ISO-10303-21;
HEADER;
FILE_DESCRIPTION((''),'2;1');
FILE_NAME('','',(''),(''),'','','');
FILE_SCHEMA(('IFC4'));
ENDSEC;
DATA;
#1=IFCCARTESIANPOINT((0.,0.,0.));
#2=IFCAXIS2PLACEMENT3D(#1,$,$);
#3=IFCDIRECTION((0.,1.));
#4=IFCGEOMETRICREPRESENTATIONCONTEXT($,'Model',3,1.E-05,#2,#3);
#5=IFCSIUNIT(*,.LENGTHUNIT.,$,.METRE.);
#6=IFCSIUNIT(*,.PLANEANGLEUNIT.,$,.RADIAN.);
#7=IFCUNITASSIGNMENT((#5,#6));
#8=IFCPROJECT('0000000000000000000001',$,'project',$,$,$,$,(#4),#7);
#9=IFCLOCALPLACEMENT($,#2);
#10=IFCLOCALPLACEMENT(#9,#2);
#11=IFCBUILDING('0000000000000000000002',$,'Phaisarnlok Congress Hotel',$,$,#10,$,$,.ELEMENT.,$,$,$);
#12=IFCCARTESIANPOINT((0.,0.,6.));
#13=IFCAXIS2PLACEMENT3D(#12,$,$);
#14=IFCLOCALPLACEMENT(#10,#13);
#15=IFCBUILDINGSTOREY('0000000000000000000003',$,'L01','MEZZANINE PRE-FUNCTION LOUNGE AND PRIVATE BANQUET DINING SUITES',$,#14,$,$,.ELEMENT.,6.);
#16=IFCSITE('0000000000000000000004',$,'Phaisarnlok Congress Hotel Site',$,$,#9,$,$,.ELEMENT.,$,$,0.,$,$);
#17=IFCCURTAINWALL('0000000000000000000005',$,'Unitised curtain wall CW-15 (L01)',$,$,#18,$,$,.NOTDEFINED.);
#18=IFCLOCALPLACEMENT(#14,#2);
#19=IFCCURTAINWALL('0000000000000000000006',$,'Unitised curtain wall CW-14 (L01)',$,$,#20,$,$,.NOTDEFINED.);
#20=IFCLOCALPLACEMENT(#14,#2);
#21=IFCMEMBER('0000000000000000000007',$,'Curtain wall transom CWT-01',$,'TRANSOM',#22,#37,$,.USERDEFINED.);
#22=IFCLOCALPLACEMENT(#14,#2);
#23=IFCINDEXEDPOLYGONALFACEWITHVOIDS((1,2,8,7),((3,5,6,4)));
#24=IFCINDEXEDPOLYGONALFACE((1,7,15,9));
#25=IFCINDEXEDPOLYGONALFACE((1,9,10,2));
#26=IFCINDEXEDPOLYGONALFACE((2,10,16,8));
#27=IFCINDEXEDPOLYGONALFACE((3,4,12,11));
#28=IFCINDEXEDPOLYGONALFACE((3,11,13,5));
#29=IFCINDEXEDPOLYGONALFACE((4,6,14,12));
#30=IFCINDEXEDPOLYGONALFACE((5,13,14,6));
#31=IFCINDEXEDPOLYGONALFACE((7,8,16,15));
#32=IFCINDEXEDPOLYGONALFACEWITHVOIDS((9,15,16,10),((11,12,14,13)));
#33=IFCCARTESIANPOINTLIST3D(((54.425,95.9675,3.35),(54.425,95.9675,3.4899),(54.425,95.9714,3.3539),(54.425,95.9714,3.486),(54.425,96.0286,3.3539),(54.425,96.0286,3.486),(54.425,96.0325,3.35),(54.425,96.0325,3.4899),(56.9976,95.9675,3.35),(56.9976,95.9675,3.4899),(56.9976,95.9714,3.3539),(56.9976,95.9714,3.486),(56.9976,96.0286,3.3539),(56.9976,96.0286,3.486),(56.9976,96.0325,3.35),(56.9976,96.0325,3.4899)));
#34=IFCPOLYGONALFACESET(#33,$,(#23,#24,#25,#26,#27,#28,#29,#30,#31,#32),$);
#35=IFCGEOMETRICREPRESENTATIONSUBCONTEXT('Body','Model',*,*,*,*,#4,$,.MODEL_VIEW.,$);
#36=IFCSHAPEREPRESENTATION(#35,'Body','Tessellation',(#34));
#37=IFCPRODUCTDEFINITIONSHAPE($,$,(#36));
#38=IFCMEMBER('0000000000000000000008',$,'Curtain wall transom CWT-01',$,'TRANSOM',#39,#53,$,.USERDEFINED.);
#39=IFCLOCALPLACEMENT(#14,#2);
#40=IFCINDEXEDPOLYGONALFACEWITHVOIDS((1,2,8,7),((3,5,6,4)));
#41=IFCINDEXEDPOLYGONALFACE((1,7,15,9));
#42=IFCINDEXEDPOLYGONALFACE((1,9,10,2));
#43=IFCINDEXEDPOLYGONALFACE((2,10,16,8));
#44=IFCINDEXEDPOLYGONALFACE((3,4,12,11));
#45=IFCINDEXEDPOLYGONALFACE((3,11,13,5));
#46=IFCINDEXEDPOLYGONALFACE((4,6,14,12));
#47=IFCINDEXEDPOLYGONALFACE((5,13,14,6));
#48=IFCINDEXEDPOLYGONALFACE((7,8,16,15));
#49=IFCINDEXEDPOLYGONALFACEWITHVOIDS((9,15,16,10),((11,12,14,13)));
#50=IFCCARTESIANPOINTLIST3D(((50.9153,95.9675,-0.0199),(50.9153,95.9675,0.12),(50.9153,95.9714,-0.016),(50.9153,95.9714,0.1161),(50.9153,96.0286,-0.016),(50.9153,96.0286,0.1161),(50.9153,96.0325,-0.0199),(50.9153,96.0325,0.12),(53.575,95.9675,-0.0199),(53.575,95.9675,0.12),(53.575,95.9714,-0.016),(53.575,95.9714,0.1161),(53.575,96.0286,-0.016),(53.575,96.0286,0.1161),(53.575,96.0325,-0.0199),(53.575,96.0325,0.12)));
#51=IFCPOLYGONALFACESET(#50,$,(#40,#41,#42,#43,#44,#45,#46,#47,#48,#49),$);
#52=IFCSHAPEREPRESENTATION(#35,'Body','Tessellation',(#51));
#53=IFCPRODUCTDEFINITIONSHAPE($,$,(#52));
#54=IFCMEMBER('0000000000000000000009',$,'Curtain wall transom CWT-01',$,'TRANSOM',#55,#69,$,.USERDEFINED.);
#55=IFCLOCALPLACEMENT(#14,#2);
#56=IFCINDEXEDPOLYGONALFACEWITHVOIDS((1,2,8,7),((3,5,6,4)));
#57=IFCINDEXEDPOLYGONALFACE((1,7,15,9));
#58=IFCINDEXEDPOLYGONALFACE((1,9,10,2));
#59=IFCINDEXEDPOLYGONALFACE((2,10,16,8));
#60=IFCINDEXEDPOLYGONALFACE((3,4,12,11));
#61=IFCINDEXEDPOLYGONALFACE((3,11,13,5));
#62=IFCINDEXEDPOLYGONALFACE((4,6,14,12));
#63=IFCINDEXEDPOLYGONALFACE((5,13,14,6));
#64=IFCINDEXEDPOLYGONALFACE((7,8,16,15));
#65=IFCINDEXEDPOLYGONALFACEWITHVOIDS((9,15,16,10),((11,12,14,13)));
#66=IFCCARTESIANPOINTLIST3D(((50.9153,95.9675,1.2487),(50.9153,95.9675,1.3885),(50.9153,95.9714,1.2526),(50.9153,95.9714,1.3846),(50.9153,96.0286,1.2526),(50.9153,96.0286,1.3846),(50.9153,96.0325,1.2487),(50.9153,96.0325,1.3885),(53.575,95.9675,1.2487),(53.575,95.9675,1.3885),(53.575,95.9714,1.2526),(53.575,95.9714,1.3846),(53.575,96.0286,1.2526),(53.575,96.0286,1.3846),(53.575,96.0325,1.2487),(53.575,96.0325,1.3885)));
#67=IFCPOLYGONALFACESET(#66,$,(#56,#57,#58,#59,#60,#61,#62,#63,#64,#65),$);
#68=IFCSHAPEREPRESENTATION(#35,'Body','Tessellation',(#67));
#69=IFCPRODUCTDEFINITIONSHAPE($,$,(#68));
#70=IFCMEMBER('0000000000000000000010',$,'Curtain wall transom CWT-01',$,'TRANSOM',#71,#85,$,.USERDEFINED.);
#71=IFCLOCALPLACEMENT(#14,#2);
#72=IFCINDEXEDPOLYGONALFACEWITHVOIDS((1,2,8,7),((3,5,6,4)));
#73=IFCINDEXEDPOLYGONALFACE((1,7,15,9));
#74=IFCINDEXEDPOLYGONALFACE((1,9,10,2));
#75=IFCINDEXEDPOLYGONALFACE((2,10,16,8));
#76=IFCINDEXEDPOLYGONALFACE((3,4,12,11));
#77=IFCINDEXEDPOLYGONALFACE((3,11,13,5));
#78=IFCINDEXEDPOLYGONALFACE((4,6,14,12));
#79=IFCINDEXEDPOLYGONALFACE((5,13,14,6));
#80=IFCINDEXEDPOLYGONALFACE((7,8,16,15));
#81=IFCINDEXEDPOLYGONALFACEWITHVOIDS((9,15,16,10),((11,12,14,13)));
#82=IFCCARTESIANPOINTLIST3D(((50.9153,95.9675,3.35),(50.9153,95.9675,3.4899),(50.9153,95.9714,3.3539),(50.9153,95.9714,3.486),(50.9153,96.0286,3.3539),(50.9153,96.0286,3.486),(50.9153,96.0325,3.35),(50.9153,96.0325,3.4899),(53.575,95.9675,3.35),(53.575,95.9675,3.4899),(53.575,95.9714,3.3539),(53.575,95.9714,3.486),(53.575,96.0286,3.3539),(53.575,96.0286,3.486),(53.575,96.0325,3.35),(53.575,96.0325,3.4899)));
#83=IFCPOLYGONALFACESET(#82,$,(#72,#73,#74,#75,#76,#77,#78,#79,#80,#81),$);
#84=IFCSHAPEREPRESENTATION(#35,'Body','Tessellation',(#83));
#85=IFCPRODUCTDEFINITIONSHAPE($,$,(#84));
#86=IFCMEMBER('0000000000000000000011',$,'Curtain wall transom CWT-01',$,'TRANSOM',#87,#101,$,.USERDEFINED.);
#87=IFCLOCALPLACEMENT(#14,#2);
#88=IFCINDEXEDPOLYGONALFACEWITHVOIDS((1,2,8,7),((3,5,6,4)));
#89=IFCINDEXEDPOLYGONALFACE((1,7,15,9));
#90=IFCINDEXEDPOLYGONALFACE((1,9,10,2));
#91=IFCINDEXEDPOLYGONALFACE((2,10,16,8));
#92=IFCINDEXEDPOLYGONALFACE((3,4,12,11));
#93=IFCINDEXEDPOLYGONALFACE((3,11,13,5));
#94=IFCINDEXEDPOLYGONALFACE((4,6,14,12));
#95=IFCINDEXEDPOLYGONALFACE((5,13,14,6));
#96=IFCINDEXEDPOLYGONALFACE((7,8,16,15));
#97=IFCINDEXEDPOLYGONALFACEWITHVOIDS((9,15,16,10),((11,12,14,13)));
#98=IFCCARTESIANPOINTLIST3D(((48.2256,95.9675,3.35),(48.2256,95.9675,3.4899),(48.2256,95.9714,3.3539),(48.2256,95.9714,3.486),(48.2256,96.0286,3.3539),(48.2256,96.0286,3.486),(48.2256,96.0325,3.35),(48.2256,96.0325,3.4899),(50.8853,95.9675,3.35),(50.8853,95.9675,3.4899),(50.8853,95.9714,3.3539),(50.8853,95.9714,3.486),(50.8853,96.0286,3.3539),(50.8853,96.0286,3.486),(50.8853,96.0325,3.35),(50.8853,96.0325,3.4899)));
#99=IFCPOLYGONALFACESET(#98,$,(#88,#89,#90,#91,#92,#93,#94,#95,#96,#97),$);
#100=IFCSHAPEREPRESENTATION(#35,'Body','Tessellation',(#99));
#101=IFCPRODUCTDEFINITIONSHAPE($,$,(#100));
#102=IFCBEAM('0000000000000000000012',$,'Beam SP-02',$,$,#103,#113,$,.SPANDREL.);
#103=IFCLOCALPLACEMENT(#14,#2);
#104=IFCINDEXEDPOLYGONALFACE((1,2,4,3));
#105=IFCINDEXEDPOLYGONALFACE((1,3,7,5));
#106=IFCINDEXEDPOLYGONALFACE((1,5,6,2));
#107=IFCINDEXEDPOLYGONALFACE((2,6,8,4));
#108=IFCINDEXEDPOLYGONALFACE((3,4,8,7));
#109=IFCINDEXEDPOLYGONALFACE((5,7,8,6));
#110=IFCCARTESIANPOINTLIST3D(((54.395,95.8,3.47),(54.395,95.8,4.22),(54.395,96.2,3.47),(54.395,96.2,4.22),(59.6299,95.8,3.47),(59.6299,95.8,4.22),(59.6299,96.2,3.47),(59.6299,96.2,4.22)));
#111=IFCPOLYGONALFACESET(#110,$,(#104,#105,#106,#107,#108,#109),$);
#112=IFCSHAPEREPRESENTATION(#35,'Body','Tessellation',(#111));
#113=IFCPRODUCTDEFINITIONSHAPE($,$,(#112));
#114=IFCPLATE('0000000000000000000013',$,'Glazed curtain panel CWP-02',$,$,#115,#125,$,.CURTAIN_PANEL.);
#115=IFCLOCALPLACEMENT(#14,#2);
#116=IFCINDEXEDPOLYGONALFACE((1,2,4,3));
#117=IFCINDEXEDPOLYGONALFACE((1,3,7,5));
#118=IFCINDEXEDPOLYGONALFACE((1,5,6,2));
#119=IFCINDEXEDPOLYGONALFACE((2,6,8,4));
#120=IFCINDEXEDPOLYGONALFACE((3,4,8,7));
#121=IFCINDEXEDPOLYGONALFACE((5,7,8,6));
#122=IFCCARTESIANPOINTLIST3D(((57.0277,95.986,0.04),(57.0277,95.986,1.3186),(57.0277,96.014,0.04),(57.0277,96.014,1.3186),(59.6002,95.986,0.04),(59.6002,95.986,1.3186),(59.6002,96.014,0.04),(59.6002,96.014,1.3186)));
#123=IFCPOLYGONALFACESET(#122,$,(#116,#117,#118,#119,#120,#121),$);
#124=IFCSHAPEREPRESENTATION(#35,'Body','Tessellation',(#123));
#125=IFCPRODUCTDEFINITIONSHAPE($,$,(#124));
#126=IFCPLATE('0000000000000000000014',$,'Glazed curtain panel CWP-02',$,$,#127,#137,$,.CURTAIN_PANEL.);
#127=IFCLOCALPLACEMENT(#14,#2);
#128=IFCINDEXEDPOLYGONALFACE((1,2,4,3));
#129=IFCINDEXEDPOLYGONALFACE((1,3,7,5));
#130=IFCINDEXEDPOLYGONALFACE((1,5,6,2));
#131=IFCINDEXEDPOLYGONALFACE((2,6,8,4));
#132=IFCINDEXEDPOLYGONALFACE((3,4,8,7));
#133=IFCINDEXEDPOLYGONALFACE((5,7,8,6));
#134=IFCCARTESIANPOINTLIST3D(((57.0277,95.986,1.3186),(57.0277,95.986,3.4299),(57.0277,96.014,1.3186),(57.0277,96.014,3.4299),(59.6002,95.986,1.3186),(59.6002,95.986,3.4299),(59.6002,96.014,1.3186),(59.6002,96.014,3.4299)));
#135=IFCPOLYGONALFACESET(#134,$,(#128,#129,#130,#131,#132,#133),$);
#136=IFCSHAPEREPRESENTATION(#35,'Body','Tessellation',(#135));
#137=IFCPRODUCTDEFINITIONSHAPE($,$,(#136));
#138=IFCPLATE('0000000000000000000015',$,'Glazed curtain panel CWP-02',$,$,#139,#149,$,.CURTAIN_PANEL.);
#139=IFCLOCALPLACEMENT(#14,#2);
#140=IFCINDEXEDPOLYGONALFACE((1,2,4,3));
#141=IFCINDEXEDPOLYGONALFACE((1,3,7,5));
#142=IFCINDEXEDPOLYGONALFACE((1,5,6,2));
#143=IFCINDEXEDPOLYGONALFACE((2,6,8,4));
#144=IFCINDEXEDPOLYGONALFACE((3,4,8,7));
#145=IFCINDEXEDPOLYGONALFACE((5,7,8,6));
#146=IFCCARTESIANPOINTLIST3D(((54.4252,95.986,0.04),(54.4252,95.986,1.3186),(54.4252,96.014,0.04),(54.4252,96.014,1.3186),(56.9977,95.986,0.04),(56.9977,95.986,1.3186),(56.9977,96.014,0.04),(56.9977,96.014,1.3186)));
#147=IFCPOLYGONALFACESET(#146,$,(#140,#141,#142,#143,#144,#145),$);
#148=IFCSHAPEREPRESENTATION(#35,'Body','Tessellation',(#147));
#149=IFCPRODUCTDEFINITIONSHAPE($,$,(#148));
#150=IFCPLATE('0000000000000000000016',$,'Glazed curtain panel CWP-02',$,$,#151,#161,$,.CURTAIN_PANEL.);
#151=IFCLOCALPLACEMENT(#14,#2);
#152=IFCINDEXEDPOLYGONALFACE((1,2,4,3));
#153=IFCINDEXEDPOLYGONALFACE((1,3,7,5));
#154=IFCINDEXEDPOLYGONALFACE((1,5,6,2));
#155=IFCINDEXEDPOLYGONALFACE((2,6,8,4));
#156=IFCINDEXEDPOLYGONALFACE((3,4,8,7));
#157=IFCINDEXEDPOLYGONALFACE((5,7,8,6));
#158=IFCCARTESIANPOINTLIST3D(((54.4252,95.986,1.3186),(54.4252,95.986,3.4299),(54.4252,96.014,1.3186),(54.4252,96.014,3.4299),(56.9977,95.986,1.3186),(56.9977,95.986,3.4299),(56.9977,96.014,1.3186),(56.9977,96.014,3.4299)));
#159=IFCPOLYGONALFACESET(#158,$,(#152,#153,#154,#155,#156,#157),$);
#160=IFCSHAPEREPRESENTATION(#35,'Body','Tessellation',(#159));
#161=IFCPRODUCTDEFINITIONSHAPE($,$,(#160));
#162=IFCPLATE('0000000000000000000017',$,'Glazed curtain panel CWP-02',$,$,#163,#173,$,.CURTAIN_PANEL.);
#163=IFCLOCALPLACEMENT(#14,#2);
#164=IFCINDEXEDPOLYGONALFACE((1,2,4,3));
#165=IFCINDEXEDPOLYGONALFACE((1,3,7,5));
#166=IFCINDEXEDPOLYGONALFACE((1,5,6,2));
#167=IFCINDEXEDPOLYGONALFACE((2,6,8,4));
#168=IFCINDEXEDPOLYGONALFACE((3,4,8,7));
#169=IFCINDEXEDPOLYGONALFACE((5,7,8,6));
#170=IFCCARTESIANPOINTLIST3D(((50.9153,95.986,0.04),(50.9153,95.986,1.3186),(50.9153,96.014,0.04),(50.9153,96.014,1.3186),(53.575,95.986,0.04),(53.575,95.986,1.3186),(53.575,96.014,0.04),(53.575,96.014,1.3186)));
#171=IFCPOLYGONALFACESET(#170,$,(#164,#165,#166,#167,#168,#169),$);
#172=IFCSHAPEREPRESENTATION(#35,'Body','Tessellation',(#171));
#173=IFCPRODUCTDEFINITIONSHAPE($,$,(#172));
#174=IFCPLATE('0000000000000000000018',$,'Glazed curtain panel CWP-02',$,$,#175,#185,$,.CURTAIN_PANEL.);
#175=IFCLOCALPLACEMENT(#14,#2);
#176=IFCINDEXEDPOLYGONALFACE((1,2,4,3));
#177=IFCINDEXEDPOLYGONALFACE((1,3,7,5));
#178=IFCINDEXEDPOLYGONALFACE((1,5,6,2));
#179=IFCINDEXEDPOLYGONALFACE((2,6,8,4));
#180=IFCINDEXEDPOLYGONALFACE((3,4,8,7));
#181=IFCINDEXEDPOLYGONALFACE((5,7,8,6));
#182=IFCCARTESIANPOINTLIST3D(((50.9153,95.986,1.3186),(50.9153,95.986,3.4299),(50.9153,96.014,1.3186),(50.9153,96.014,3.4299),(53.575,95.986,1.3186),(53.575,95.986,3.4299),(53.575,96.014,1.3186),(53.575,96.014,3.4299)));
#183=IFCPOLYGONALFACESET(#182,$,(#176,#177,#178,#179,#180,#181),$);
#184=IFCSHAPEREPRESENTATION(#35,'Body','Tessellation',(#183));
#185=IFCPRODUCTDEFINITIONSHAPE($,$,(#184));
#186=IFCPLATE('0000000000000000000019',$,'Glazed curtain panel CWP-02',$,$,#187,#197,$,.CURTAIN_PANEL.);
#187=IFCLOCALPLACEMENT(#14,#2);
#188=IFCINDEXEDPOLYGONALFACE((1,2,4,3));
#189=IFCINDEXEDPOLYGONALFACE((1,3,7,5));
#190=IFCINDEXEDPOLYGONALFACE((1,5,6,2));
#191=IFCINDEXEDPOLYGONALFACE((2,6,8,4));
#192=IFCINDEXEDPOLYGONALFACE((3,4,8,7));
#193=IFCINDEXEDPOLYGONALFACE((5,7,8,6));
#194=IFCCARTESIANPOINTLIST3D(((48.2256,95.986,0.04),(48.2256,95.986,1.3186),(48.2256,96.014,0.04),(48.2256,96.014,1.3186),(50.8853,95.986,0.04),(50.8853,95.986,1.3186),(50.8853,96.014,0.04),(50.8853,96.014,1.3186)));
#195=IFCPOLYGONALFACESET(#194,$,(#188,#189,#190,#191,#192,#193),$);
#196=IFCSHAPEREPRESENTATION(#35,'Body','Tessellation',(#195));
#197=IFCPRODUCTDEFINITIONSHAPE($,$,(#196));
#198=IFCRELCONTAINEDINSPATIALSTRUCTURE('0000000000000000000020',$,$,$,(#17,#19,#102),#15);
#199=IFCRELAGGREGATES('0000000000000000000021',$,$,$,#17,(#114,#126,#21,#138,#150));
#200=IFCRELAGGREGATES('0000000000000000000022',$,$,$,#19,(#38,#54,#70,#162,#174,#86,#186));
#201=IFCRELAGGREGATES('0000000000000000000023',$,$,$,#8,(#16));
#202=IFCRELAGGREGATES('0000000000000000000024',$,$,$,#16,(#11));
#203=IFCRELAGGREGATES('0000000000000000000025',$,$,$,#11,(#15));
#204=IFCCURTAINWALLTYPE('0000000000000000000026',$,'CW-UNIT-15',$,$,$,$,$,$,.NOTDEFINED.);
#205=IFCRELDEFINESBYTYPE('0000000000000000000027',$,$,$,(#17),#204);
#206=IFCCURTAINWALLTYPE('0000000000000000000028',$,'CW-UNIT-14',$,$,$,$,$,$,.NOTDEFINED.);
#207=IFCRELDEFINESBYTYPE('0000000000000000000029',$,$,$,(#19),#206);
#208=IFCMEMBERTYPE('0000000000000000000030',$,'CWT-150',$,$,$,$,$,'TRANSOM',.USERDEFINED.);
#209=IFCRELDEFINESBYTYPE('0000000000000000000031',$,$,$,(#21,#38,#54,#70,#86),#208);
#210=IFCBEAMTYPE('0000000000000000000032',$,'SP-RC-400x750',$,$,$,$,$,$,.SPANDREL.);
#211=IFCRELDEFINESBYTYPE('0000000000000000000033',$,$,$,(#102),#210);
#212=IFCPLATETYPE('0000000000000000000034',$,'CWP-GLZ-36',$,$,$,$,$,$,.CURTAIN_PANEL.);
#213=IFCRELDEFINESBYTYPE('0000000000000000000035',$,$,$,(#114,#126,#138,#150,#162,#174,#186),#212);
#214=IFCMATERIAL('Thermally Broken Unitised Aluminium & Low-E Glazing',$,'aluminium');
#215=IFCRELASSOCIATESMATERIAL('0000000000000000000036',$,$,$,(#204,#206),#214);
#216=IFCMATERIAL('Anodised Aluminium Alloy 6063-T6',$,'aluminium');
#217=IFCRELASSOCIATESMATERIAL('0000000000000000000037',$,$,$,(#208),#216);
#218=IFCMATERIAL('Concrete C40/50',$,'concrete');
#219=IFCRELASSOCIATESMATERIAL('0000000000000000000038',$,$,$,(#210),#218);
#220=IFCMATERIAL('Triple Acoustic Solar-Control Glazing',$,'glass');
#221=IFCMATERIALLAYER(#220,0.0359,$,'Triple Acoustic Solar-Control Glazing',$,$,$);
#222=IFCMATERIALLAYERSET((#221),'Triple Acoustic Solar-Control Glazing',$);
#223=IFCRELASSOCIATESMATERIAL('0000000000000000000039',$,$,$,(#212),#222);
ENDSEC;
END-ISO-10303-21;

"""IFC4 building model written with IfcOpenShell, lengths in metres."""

from ifc_helpers import new_model, si_unit, direction, frame, frame_2d, origin, origin_2d, place, context, subcontext, project, spatial, rectangle, hollow_rectangle, extrude, material, layer, layer_set, material_profile, profile_set, type_object, element, aggregate, save


model = new_model("IFC4")

# Units and contexts
model_context = context("Model", 3, precision=1e-05, world=origin(), true_north=direction((0.0, 1.0)))
body_context = subcontext(model_context, "Body", "Model", "MODEL_VIEW")
ifc_project = project(units=[si_unit("LENGTHUNIT", "METRE"), si_unit("PLANEANGLEUNIT", "RADIAN")], contexts=[model_context])

# Site, building, storey
site_placement = place(None, origin())
site = spatial("IfcSite", under=ifc_project, at=site_placement, Name="Phaisarnlok Congress Hotel Site", CompositionType="ELEMENT", RefElevation=0.0)
building_placement = place(site_placement, origin())
building = spatial("IfcBuilding", under=site, at=building_placement, Name="Phaisarnlok Congress Hotel", CompositionType="ELEMENT")
storey_placement = place(building_placement, frame((0.0, 0.0, 6.0)))
storey = spatial("IfcBuildingStorey", under=building, at=storey_placement, Name="L01", Description="MEZZANINE PRE-FUNCTION LOUNGE AND PRIVATE BANQUET DINING SUITES", CompositionType="ELEMENT", Elevation=6.0)

# Curtain walls
ifc_material_1 = material(Name="Thermally Broken Unitised Aluminium & Low-E Glazing", Category="aluminium")
curtain_wall_type_1 = type_object("IfcCurtainWallType", Name="CW-UNIT-15", PredefinedType="NOTDEFINED", material=ifc_material_1)
curtain_wall_1_placement = place(storey_placement, origin())
curtain_wall_1 = element("IfcCurtainWall", 1, at=curtain_wall_1_placement, inside=storey, type_object=curtain_wall_type_1, Name="Unitised curtain wall CW-15 (L01)", PredefinedType="NOTDEFINED")
ifc_material_2 = material(Name="Anodised Aluminium Alloy 6063-T6", Category="aluminium")
curtain_wall_type_2 = type_object("IfcCurtainWallType", Name="CW-UNIT-14", PredefinedType="NOTDEFINED", material=ifc_material_1)
curtain_wall_2_placement = place(storey_placement, origin())
curtain_wall_2 = element("IfcCurtainWall", 2, at=curtain_wall_2_placement, inside=storey, type_object=curtain_wall_type_2, Name="Unitised curtain wall CW-14 (L01)", PredefinedType="NOTDEFINED")

# Members
ifc_material_profile_1 = material_profile(ifc_material_2, hollow_rectangle(XDim=0.0649, YDim=0.1399, WallThickness=0.0039, at=origin_2d()), Name="ALU-T 65x140x4")
ifc_profile_set_1 = profile_set([ifc_material_profile_1], Name="Anodised Aluminium Alloy 6063-T6")
member_type_1 = type_object("IfcMemberType", Name="CWT-150", ElementType="TRANSOM", PredefinedType="USERDEFINED", material=ifc_profile_set_1)
member_1_placement = place(storey_placement, frame((56.9976, 96.0, 3.4199), z_axis=(-1.0, 0.0, 0.0), x_axis=(0.0, -1.0, 0.0)))
member_1 = element("IfcMember", 3, at=member_1_placement, type_object=member_type_1, Name="Curtain wall transom CWT-01", ObjectType="TRANSOM", PredefinedType="USERDEFINED", context=body_context, shape_type="SweptSolid", body=[
    extrude(hollow_rectangle(XDim=0.0649, YDim=0.1399, WallThickness=0.0039, at=origin_2d()), origin(), (0.0, 0.0, 1.0), 2.5725),
])
member_2_placement = place(storey_placement, frame((53.575, 96.0, 0.05), z_axis=(-1.0, 0.0, 0.0), x_axis=(0.0, -1.0, 0.0)))
member_2 = element("IfcMember", 4, at=member_2_placement, type_object=member_type_1, Name="Curtain wall transom CWT-01", ObjectType="TRANSOM", PredefinedType="USERDEFINED", context=body_context, shape_type="SweptSolid", body=[
    extrude(hollow_rectangle(XDim=0.0649, YDim=0.1399, WallThickness=0.0039, at=origin_2d()), origin(), (0.0, 0.0, 1.0), 2.6597),
])
member_3_placement = place(storey_placement, frame((53.575, 96.0, 1.3186), z_axis=(-1.0, 0.0, 0.0), x_axis=(0.0, -1.0, 0.0)))
member_3 = element("IfcMember", 5, at=member_3_placement, type_object=member_type_1, Name="Curtain wall transom CWT-01", ObjectType="TRANSOM", PredefinedType="USERDEFINED", context=body_context, shape_type="SweptSolid", body=[
    extrude(hollow_rectangle(XDim=0.0649, YDim=0.1399, WallThickness=0.0039, at=origin_2d()), origin(), (0.0, 0.0, 1.0), 2.6597),
])
member_4_placement = place(storey_placement, frame((53.575, 96.0, 3.4199), z_axis=(-1.0, 0.0, 0.0), x_axis=(0.0, -1.0, 0.0)))
member_4 = element("IfcMember", 6, at=member_4_placement, type_object=member_type_1, Name="Curtain wall transom CWT-01", ObjectType="TRANSOM", PredefinedType="USERDEFINED", context=body_context, shape_type="SweptSolid", body=[
    extrude(hollow_rectangle(XDim=0.0649, YDim=0.1399, WallThickness=0.0039, at=origin_2d()), origin(), (0.0, 0.0, 1.0), 2.6597),
])
member_5_placement = place(storey_placement, frame((50.8853, 96.0, 3.4199), z_axis=(-1.0, 0.0, 0.0), x_axis=(0.0, -1.0, 0.0)))
member_5 = element("IfcMember", 7, at=member_5_placement, type_object=member_type_1, Name="Curtain wall transom CWT-01", ObjectType="TRANSOM", PredefinedType="USERDEFINED", context=body_context, shape_type="SweptSolid", body=[
    extrude(hollow_rectangle(XDim=0.0649, YDim=0.1399, WallThickness=0.0039, at=origin_2d()), origin(), (0.0, 0.0, 1.0), 2.6597),
])

# Beam
ifc_material_3 = material(Name="Concrete C40/50", Category="concrete")
ifc_material_profile_2 = material_profile(ifc_material_3, rectangle(XDim=0.3999, YDim=0.75, at=origin_2d()), Name="RC 400x750")
ifc_profile_set_2 = profile_set([ifc_material_profile_2], Name="Concrete C40/50")
beam_type = type_object("IfcBeamType", Name="SP-RC-400x750", PredefinedType="SPANDREL", material=ifc_profile_set_2)
beam_placement = place(storey_placement, frame((54.395, 96.0, 3.845), z_axis=(1.0, 0.0, 0.0), x_axis=(0.0, 1.0, 0.0)))
element("IfcBeam", 8, at=beam_placement, inside=storey, type_object=beam_type, Name="Beam SP-02", PredefinedType="SPANDREL", context=body_context, shape_type="SweptSolid", body=[
    extrude(rectangle(XDim=0.3999, YDim=0.75, at=origin_2d()), origin(), (0.0, 0.0, 1.0), 5.2349),
])

# Plates
ifc_material_4 = material(Name="Triple Acoustic Solar-Control Glazing", Category="glass")
ifc_layer = layer(ifc_material_4, 0.0359, Name="Triple Acoustic Solar-Control Glazing")
ifc_layer_set = layer_set([ifc_layer], Name="Triple Acoustic Solar-Control Glazing")
plate_type = type_object("IfcPlateType", Name="CWP-GLZ-36", PredefinedType="CURTAIN_PANEL", material=ifc_layer_set)
plate_1_placement = place(storey_placement, frame((59.6001, 96.0, 0.04), z_axis=(0.0, 0.0, 1.0), x_axis=(-1.0, 0.0, 0.0)))
plate_1 = element("IfcPlate", 9, at=plate_1_placement, type_object=plate_type, Name="Glazed curtain panel CWP-02", PredefinedType="CURTAIN_PANEL", context=body_context, shape_type="SweptSolid", body=[
    extrude(rectangle(XDim=2.5725, YDim=0.0281, at=frame_2d((1.2861, 0.0))), origin(), (0.0, 0.0, 1.0), 1.2786),
])
plate_2_placement = place(storey_placement, frame((59.6001, 96.0, 1.3186), z_axis=(0.0, 0.0, 1.0), x_axis=(-1.0, 0.0, 0.0)))
plate_2 = element("IfcPlate", 10, at=plate_2_placement, type_object=plate_type, Name="Glazed curtain panel CWP-02", PredefinedType="CURTAIN_PANEL", context=body_context, shape_type="SweptSolid", body=[
    extrude(rectangle(XDim=2.5725, YDim=0.0281, at=frame_2d((1.2861, 0.0))), origin(), (0.0, 0.0, 1.0), 2.1113),
])
plate_3_placement = place(storey_placement, frame((56.9976, 96.0, 0.04), z_axis=(0.0, 0.0, 1.0), x_axis=(-1.0, 0.0, 0.0)))
plate_3 = element("IfcPlate", 11, at=plate_3_placement, type_object=plate_type, Name="Glazed curtain panel CWP-02", PredefinedType="CURTAIN_PANEL", context=body_context, shape_type="SweptSolid", body=[
    extrude(rectangle(XDim=2.5725, YDim=0.0281, at=frame_2d((1.2861, 0.0))), origin(), (0.0, 0.0, 1.0), 1.2786),
])
plate_4_placement = place(storey_placement, frame((56.9976, 96.0, 1.3186), z_axis=(0.0, 0.0, 1.0), x_axis=(-1.0, 0.0, 0.0)))
plate_4 = element("IfcPlate", 12, at=plate_4_placement, type_object=plate_type, Name="Glazed curtain panel CWP-02", PredefinedType="CURTAIN_PANEL", context=body_context, shape_type="SweptSolid", body=[
    extrude(rectangle(XDim=2.5725, YDim=0.0281, at=frame_2d((1.2861, 0.0))), origin(), (0.0, 0.0, 1.0), 2.1113),
])
aggregate(curtain_wall_1, [plate_1, plate_2, member_1, plate_3, plate_4])
plate_5_placement = place(storey_placement, frame((53.575, 96.0, 0.04), z_axis=(0.0, 0.0, 1.0), x_axis=(-1.0, 0.0, 0.0)))
plate_5 = element("IfcPlate", 13, at=plate_5_placement, type_object=plate_type, Name="Glazed curtain panel CWP-02", PredefinedType="CURTAIN_PANEL", context=body_context, shape_type="SweptSolid", body=[
    extrude(rectangle(XDim=2.6597, YDim=0.0281, at=frame_2d((1.3298, 0.0))), origin(), (0.0, 0.0, 1.0), 1.2786),
])
plate_6_placement = place(storey_placement, frame((53.575, 96.0, 1.3186), z_axis=(0.0, 0.0, 1.0), x_axis=(-1.0, 0.0, 0.0)))
plate_6 = element("IfcPlate", 14, at=plate_6_placement, type_object=plate_type, Name="Glazed curtain panel CWP-02", PredefinedType="CURTAIN_PANEL", context=body_context, shape_type="SweptSolid", body=[
    extrude(rectangle(XDim=2.6597, YDim=0.0281, at=frame_2d((1.3298, 0.0))), origin(), (0.0, 0.0, 1.0), 2.1113),
])
plate_7_placement = place(storey_placement, frame((50.8853, 96.0, 0.04), z_axis=(0.0, 0.0, 1.0), x_axis=(-1.0, 0.0, 0.0)))
plate_7 = element("IfcPlate", 15, at=plate_7_placement, type_object=plate_type, Name="Glazed curtain panel CWP-02", PredefinedType="CURTAIN_PANEL", context=body_context, shape_type="SweptSolid", body=[
    extrude(rectangle(XDim=2.6597, YDim=0.0281, at=frame_2d((1.3298, 0.0))), origin(), (0.0, 0.0, 1.0), 1.2786),
])
aggregate(curtain_wall_2, [member_2, member_3, member_4, plate_5, plate_6, member_5, plate_7])

save(model, "model.ifc")
